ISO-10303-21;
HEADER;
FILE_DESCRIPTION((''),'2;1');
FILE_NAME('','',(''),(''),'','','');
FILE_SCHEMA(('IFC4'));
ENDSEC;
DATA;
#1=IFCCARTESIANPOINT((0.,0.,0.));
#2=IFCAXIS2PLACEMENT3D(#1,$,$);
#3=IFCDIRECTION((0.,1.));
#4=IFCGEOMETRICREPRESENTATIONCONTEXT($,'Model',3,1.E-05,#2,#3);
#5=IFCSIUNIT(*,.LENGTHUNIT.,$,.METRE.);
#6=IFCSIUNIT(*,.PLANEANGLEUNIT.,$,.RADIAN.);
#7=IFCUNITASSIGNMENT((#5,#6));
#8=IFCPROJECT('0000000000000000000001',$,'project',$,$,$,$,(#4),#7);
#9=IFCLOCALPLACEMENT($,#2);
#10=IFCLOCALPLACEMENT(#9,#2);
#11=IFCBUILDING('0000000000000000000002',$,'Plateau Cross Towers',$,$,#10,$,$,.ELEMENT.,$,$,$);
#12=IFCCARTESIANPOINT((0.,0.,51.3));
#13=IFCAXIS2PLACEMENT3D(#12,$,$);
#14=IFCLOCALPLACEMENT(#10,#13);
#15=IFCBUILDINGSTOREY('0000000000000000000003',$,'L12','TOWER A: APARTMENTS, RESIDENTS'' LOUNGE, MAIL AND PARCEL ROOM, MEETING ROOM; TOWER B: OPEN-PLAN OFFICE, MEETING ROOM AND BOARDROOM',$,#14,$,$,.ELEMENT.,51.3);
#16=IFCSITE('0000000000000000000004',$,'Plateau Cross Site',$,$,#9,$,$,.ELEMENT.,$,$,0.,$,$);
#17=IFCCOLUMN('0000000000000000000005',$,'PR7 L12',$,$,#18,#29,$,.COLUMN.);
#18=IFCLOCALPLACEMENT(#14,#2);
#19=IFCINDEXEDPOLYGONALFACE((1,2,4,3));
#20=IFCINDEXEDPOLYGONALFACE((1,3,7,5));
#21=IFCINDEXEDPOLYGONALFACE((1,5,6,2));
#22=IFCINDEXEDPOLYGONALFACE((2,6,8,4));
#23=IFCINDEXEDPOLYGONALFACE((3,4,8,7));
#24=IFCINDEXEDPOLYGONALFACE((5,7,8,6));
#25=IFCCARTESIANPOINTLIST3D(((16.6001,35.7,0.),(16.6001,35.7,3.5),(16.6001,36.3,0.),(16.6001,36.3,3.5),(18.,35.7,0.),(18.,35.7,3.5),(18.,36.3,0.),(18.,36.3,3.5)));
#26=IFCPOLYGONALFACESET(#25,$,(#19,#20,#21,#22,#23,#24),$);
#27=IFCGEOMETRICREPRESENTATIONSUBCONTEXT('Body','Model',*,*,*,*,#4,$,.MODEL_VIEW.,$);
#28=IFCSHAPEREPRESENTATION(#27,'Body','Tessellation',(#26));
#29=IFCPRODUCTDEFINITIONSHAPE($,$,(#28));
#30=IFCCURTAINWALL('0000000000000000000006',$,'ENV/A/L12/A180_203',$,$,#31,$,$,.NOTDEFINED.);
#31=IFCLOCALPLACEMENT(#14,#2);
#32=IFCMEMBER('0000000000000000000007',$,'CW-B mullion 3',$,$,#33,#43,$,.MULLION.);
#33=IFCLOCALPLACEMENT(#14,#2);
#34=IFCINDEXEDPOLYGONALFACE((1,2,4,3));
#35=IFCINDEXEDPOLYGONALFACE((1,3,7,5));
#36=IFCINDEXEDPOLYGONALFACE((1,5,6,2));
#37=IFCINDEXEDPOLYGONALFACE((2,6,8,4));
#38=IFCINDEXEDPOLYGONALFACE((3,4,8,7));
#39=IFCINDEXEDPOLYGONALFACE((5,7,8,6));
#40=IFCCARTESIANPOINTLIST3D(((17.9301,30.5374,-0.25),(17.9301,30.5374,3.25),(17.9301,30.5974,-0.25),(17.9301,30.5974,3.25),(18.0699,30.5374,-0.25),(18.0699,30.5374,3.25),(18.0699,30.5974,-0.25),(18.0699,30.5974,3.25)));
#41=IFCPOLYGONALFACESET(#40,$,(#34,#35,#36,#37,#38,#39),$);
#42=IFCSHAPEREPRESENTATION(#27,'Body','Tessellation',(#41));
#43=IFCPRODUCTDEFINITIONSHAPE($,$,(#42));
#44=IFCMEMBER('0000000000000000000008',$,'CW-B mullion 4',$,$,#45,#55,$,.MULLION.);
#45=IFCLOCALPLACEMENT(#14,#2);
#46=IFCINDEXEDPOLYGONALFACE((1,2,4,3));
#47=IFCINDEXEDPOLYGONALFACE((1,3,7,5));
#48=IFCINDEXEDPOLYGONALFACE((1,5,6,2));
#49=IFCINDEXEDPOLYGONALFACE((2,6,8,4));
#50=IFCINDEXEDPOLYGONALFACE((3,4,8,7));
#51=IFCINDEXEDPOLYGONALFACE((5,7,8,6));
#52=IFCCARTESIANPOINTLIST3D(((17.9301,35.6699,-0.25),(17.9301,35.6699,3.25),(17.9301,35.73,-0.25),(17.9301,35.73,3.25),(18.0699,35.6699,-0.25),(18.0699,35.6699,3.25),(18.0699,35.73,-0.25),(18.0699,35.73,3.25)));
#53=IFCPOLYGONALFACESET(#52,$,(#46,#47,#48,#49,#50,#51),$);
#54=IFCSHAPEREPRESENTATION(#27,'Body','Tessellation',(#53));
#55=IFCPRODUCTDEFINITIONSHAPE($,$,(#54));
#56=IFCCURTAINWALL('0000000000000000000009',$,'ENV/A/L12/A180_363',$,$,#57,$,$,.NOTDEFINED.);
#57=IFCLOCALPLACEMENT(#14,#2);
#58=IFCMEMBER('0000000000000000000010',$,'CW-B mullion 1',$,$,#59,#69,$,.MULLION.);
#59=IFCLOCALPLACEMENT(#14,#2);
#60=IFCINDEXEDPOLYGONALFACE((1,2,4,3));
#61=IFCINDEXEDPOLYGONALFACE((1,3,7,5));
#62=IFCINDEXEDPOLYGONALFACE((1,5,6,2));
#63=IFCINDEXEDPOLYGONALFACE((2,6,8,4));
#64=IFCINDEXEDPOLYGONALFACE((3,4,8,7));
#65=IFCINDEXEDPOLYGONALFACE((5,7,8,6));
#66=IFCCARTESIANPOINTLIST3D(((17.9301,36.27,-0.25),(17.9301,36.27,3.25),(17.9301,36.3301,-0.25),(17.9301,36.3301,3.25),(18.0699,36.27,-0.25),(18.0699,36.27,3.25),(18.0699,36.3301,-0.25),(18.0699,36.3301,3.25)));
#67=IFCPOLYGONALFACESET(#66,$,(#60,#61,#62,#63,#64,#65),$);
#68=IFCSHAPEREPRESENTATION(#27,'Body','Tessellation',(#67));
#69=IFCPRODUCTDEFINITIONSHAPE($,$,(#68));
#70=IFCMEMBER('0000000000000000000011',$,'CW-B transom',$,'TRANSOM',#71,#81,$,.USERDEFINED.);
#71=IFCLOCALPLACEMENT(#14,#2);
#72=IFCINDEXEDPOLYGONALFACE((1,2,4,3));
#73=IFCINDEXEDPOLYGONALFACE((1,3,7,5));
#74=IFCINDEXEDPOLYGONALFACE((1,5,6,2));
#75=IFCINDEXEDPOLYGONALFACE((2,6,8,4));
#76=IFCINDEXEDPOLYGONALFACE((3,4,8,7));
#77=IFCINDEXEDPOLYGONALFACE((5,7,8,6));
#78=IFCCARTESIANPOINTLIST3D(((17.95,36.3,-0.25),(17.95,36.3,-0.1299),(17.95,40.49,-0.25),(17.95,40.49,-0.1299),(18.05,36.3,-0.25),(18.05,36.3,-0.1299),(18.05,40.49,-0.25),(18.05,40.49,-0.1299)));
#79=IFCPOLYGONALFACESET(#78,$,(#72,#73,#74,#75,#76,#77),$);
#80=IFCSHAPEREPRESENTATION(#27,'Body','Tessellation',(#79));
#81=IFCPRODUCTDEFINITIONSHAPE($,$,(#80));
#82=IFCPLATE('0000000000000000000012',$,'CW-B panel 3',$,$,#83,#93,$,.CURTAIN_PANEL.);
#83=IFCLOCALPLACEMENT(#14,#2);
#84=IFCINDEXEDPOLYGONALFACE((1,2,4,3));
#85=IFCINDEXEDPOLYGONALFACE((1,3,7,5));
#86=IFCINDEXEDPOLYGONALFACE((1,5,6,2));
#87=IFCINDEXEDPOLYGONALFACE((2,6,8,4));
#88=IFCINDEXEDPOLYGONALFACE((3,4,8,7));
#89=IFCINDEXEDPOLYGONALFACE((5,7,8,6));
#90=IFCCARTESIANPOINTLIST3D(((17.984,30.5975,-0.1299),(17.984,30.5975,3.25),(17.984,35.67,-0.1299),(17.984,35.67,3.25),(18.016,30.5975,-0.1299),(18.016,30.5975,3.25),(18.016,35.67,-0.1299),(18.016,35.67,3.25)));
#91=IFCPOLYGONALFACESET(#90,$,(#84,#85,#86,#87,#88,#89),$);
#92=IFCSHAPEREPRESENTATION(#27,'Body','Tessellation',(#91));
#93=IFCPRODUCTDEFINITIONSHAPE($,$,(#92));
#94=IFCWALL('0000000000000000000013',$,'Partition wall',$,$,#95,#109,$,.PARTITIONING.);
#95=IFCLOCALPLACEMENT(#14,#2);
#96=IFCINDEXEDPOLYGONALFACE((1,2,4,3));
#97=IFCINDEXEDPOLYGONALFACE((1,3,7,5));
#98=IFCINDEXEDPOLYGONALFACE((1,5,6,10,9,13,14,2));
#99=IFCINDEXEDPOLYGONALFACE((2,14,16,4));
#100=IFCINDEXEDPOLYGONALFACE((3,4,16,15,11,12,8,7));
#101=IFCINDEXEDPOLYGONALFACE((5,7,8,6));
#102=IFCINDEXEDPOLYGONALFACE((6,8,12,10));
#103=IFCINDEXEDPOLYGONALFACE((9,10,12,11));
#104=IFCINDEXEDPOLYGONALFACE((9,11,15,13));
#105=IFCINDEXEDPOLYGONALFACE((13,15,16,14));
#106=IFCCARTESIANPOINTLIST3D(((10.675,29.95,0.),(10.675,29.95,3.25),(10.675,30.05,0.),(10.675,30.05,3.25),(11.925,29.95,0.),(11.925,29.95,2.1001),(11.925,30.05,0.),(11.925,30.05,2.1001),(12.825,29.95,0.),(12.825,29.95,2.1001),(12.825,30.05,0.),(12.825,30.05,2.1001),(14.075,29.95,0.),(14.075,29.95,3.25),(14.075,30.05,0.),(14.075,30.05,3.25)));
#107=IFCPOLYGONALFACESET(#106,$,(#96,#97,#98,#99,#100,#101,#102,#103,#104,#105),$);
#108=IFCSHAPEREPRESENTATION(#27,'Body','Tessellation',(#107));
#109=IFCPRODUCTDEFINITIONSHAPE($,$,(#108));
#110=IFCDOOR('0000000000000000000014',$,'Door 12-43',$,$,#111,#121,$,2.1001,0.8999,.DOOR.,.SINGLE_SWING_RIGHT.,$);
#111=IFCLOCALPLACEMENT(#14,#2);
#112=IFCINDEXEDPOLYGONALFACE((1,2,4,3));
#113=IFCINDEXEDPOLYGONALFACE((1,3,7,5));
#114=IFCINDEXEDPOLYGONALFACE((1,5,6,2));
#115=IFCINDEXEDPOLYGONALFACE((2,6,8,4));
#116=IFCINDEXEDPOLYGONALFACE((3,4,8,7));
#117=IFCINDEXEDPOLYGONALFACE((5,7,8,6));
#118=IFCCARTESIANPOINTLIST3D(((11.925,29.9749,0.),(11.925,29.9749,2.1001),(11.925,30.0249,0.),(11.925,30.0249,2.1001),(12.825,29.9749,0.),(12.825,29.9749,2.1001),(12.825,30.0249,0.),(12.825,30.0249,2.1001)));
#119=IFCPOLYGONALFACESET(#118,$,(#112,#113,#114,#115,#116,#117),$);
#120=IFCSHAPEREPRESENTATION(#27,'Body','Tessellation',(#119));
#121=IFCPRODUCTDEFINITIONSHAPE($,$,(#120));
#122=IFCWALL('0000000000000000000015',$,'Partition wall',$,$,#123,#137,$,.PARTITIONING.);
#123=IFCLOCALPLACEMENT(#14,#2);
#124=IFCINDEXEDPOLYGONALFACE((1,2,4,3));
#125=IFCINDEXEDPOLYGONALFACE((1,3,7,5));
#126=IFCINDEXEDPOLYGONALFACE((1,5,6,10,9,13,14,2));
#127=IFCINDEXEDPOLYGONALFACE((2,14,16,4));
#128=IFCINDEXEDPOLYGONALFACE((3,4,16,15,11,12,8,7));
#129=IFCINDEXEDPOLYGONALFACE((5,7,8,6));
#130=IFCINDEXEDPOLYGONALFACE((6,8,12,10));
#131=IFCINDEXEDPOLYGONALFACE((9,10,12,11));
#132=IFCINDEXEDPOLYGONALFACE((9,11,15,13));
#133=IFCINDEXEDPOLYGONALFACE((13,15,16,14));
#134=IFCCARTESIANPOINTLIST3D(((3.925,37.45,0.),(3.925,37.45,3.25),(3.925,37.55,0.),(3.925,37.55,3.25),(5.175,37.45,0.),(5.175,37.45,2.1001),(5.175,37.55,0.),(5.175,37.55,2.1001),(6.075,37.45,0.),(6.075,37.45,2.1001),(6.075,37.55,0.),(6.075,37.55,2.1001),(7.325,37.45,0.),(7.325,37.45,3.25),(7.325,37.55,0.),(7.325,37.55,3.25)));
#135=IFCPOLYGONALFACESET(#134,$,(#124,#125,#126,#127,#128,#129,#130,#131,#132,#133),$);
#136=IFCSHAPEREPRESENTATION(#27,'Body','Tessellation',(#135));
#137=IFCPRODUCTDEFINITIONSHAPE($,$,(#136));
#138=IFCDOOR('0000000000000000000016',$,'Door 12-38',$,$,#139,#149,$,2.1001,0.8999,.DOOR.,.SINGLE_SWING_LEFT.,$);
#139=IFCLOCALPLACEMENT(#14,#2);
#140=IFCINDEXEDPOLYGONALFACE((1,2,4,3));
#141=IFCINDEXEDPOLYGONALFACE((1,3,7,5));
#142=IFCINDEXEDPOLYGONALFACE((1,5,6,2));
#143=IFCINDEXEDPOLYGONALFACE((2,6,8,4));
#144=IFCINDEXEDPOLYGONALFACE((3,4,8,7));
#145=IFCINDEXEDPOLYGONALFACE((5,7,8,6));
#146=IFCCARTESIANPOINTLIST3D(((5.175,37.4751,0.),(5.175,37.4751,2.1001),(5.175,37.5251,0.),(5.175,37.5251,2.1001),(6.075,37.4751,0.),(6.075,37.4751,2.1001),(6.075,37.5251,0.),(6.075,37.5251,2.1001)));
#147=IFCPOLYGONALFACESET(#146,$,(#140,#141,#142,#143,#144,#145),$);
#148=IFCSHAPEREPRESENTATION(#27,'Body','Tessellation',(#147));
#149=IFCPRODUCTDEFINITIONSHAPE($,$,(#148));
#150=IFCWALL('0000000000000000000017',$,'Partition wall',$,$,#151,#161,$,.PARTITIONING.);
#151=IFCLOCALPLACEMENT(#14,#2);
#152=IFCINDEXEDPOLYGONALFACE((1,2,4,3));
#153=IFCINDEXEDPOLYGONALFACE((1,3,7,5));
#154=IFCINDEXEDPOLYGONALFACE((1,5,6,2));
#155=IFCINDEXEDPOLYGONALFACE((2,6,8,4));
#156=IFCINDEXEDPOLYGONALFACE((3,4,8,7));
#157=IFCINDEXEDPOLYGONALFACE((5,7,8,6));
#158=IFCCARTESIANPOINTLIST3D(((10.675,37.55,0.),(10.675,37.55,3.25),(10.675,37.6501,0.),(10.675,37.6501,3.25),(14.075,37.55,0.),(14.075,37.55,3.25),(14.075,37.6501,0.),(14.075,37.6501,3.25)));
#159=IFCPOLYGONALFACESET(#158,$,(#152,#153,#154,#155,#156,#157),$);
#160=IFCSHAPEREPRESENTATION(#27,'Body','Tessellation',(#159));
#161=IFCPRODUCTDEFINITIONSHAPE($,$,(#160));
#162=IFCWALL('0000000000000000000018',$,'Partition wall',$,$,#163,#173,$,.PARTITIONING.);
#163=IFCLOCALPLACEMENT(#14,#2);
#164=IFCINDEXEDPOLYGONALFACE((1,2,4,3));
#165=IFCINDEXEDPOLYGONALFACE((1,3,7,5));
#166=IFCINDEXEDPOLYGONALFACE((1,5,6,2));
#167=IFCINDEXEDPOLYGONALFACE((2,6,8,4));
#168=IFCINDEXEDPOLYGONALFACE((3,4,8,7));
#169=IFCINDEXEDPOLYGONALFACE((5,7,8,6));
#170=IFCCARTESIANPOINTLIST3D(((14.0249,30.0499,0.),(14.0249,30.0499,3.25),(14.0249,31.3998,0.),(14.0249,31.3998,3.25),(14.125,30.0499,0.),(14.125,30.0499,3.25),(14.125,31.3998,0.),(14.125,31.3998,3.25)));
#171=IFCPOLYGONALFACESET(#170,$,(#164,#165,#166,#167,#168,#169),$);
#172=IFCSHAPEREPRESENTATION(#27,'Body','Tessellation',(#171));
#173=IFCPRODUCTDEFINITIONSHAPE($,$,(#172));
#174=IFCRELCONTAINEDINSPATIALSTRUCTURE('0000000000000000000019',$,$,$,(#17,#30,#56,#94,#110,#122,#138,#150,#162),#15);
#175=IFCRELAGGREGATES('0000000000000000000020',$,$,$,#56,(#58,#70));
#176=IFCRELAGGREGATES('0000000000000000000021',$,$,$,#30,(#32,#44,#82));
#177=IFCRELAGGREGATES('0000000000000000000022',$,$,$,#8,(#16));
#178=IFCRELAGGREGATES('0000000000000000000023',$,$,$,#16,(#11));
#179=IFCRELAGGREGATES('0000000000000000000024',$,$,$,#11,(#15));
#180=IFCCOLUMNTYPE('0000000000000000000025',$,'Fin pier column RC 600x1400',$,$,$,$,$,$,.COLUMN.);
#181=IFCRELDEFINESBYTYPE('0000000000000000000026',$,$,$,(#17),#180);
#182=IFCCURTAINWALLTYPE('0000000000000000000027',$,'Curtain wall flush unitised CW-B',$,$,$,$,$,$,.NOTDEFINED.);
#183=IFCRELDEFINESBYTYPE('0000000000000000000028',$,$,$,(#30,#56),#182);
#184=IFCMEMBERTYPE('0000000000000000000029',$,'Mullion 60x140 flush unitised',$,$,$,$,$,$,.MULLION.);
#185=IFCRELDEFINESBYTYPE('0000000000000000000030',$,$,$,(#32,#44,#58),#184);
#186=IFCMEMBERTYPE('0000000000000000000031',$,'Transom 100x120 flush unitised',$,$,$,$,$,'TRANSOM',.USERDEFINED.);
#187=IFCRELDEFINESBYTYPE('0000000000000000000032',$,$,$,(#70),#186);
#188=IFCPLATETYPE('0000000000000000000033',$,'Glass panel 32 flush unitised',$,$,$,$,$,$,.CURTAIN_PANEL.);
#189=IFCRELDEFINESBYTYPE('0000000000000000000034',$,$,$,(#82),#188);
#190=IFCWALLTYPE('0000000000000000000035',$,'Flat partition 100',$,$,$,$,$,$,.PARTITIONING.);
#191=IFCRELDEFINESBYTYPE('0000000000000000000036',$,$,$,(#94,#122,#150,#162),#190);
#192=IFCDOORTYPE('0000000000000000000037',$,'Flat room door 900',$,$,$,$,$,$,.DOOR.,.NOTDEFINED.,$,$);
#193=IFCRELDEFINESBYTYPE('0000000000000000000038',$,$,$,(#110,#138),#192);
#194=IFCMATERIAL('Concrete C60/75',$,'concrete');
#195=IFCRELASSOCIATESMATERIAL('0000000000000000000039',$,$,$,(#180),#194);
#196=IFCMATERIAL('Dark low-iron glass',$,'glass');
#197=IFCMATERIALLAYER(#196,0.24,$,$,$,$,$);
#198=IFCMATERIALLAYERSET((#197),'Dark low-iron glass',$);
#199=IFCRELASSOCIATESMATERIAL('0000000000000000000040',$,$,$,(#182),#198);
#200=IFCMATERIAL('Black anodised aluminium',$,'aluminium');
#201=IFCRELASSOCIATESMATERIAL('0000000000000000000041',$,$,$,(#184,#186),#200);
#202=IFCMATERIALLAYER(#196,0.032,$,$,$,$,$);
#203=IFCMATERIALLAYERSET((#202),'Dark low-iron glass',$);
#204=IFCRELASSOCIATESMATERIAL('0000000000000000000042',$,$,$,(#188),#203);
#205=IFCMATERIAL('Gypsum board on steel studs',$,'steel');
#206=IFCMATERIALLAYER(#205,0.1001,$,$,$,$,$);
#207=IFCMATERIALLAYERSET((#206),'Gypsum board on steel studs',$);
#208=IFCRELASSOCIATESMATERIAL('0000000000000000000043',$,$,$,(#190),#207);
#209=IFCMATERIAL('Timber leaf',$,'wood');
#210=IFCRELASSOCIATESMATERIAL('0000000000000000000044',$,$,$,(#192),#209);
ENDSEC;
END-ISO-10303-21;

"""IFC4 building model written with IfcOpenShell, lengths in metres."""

from ifc_helpers import new_model, si_unit, direction, frame, frame_2d, origin, origin_2d, place, context, subcontext, project, spatial, rectangle, extrude, material, layer, layer_set, material_profile, profile_set, type_object, element, fill, aggregate, save


model = new_model("IFC4")

# Units and contexts
model_context = context("Model", 3, precision=1e-05, world=origin(), true_north=direction((0.0, 1.0)))
body_context = subcontext(model_context, "Body", "Model", "MODEL_VIEW")
ifc_project = project(units=[si_unit("LENGTHUNIT", "METRE"), si_unit("PLANEANGLEUNIT", "RADIAN")], contexts=[model_context])

# Site, building, storey
site_placement = place(None, origin())
site = spatial("IfcSite", under=ifc_project, at=site_placement, Name="Plateau Cross Site", CompositionType="ELEMENT", RefElevation=0.0)
building_placement = place(site_placement, origin())
building = spatial("IfcBuilding", under=site, at=building_placement, Name="Plateau Cross Towers", CompositionType="ELEMENT")
storey_placement = place(building_placement, frame((0.0, 0.0, 51.3)))
storey = spatial("IfcBuildingStorey", under=building, at=storey_placement, Name="L12", Description="TOWER A: APARTMENTS, RESIDENTS' LOUNGE, MAIL AND PARCEL ROOM, MEETING ROOM; TOWER B: OPEN-PLAN OFFICE, MEETING ROOM AND BOARDROOM", CompositionType="ELEMENT", Elevation=51.3)

# Column
ifc_material_1 = material(Name="Concrete C60/75", Category="concrete")
ifc_material_profile_1 = material_profile(ifc_material_1, rectangle(XDim=0.6001, YDim=1.3999, at=origin_2d()), Name="RC 600x1400")
ifc_profile_set_1 = profile_set([ifc_material_profile_1], Name="Concrete C60/75")
column_type = type_object("IfcColumnType", Name="Fin pier column RC 600x1400", PredefinedType="COLUMN", material=ifc_profile_set_1)
column_placement = place(storey_placement, frame((17.3, 36.0, 0.0), z_axis=(0.0, 0.0, 1.0), x_axis=(0.0, 1.0, 0.0)))
element("IfcColumn", 1, at=column_placement, inside=storey, type_object=column_type, Name="PR7 L12", PredefinedType="COLUMN", context=body_context, shape_type="SweptSolid", body=[
    extrude(rectangle(XDim=0.6001, YDim=1.3999, at=origin_2d()), origin(), (0.0, 0.0, 1.0), 3.5),
])

# Curtain walls, members
ifc_material_2 = material(Name="Dark low-iron glass", Category="glass")
ifc_layer_1 = layer(ifc_material_2, 0.24)
ifc_layer_set_1 = layer_set([ifc_layer_1], Name="Dark low-iron glass")
curtain_wall_type = type_object("IfcCurtainWallType", Name="Curtain wall flush unitised CW-B", PredefinedType="NOTDEFINED", material=ifc_layer_set_1)
curtain_wall_1_placement = place(storey_placement, origin())
curtain_wall_1 = element("IfcCurtainWall", 2, at=curtain_wall_1_placement, inside=storey, type_object=curtain_wall_type, Name="ENV/A/L12/A180_203", PredefinedType="NOTDEFINED")
ifc_material_3 = material(Name="Black anodised aluminium", Category="aluminium")
ifc_material_profile_2 = material_profile(ifc_material_3, rectangle(XDim=0.0601, YDim=0.1399, at=origin_2d()), Name="MULLION 60x140")
ifc_profile_set_2 = profile_set([ifc_material_profile_2], Name="Black anodised aluminium")
member_type_1 = type_object("IfcMemberType", Name="Mullion 60x140 flush unitised", PredefinedType="MULLION", material=ifc_profile_set_2)
member_1_placement = place(storey_placement, frame((18.0, 30.5674, -0.25), z_axis=(0.0, 0.0, 1.0), x_axis=(0.0, 1.0, 0.0)))
member_1 = element("IfcMember", 3, at=member_1_placement, type_object=member_type_1, Name="CW-B mullion 3", PredefinedType="MULLION", context=body_context, shape_type="SweptSolid", body=[
    extrude(rectangle(XDim=0.0601, YDim=0.1399, at=origin_2d()), origin(), (0.0, 0.0, 1.0), 3.5),
])
member_2_placement = place(storey_placement, frame((18.0, 35.7, -0.25), z_axis=(0.0, 0.0, 1.0), x_axis=(0.0, 1.0, 0.0)))
member_2 = element("IfcMember", 4, at=member_2_placement, type_object=member_type_1, Name="CW-B mullion 4", PredefinedType="MULLION", context=body_context, shape_type="SweptSolid", body=[
    extrude(rectangle(XDim=0.0601, YDim=0.1399, at=origin_2d()), origin(), (0.0, 0.0, 1.0), 3.5),
])
curtain_wall_2_placement = place(storey_placement, origin())
curtain_wall_2 = element("IfcCurtainWall", 5, at=curtain_wall_2_placement, inside=storey, type_object=curtain_wall_type, Name="ENV/A/L12/A180_363", PredefinedType="NOTDEFINED")
member_3_placement = place(storey_placement, frame((18.0, 36.3, -0.25), z_axis=(0.0, 0.0, 1.0), x_axis=(0.0, 1.0, 0.0)))
member_3 = element("IfcMember", 6, at=member_3_placement, type_object=member_type_1, Name="CW-B mullion 1", PredefinedType="MULLION", context=body_context, shape_type="SweptSolid", body=[
    extrude(rectangle(XDim=0.0601, YDim=0.1399, at=origin_2d()), origin(), (0.0, 0.0, 1.0), 3.5),
])
ifc_material_profile_3 = material_profile(ifc_material_3, rectangle(XDim=0.1001, YDim=0.1201, at=origin_2d()), Name="TRANSOM 100x120")
ifc_profile_set_3 = profile_set([ifc_material_profile_3], Name="Black anodised aluminium")
member_type_2 = type_object("IfcMemberType", Name="Transom 100x120 flush unitised", ElementType="TRANSOM", PredefinedType="USERDEFINED", material=ifc_profile_set_3)
member_4_placement = place(storey_placement, frame((18.0, 36.3, -0.1899), z_axis=(0.0, 1.0, 0.0), x_axis=(-1.0, 0.0, 0.0)))
member_4 = element("IfcMember", 7, at=member_4_placement, type_object=member_type_2, Name="CW-B transom", ObjectType="TRANSOM", PredefinedType="USERDEFINED", context=body_context, shape_type="SweptSolid", body=[
    extrude(rectangle(XDim=0.1001, YDim=0.1201, at=origin_2d()), origin(), (0.0, 0.0, 1.0), 4.1899),
])
aggregate(curtain_wall_2, [member_3, member_4])

# Plate
ifc_layer_2 = layer(ifc_material_2, 0.032)
ifc_layer_set_2 = layer_set([ifc_layer_2], Name="Dark low-iron glass")
plate_type = type_object("IfcPlateType", Name="Glass panel 32 flush unitised", PredefinedType="CURTAIN_PANEL", material=ifc_layer_set_2)
plate_placement = place(storey_placement, frame((18.0, 33.1338, -0.1299), z_axis=(0.0, 0.0, 1.0), x_axis=(0.0, 1.0, 0.0)))
plate = element("IfcPlate", 8, at=plate_placement, type_object=plate_type, Name="CW-B panel 3", PredefinedType="CURTAIN_PANEL", context=body_context, shape_type="SweptSolid", body=[
    extrude(rectangle(XDim=5.0725, YDim=0.032, at=origin_2d()), origin(), (0.0, 0.0, 1.0), 3.3799),
])
aggregate(curtain_wall_1, [member_1, member_2, plate])

# Walls, openings, doors
ifc_material_4 = material(Name="Gypsum board on steel studs", Category="steel")
ifc_layer_3 = layer(ifc_material_4, 0.1001)
ifc_layer_set_3 = layer_set([ifc_layer_3], Name="Gypsum board on steel studs")
wall_type_1 = type_object("IfcWallType", Name="Flat partition 100", PredefinedType="PARTITIONING", material=ifc_layer_set_3)
wall_1_placement = place(storey_placement, frame((10.675, 30.0, 0.0), z_axis=(0.0, 0.0, 1.0), x_axis=(1.0, 0.0, 0.0)))
wall_1 = element("IfcWall", 9, at=wall_1_placement, inside=storey, type_object=wall_type_1, Name="Partition wall", PredefinedType="PARTITIONING", context=body_context, shape_type="SweptSolid", body=[
    extrude(rectangle(XDim=3.3999, YDim=0.1001, at=frame_2d((1.7, 0.0))), origin(), (0.0, 0.0, 1.0), 3.25),
])
opening_1_placement = place(wall_1_placement, frame((1.25, 0.0, 0.0)))
opening_1 = element("IfcOpeningElement", 10, at=opening_1_placement, cuts=wall_1, PredefinedType="OPENING", context=body_context, shape_type="SweptSolid", body=[
    extrude(rectangle(XDim=0.8999, YDim=2.1001, at=frame_2d((0.45, 1.05))), frame((0.0, 0.0601, 0.0), z_axis=(0.0, -1.0, 0.0), x_axis=(1.0, 0.0, 0.0)), (0.0, 0.0, 1.0), 0.1201),
])
ifc_material_5 = material(Name="Timber leaf", Category="wood")
door_type = type_object("IfcDoorType", Name="Flat room door 900", OperationType="NOTDEFINED", PredefinedType="DOOR", material=ifc_material_5)
door_1_placement = place(opening_1_placement, origin())
door_1 = element("IfcDoor", 11, at=door_1_placement, inside=storey, type_object=door_type, Name="Door 12-43", OperationType="SINGLE_SWING_RIGHT", OverallHeight=2.1001, OverallWidth=0.8999, PredefinedType="DOOR", context=body_context, shape_type="SweptSolid", body=[
    extrude(rectangle(XDim=0.8999, YDim=2.1001, at=frame_2d((0.45, 1.05))), frame((0.0, 0.0249, 0.0), z_axis=(0.0, -1.0, 0.0), x_axis=(1.0, 0.0, 0.0)), (0.0, 0.0, 1.0), 0.05),
])
fill(opening_1, door_1)
wall_2_placement = place(storey_placement, frame((7.325, 37.5, 0.0), z_axis=(0.0, 0.0, 1.0), x_axis=(-1.0, 0.0, 0.0)))
wall_2 = element("IfcWall", 12, at=wall_2_placement, inside=storey, type_object=wall_type_1, Name="Partition wall", PredefinedType="PARTITIONING", context=body_context, shape_type="SweptSolid", body=[
    extrude(rectangle(XDim=3.3999, YDim=0.1001, at=frame_2d((1.7, 0.0))), origin(), (0.0, 0.0, 1.0), 3.25),
])
opening_2_placement = place(wall_2_placement, frame((1.25, 0.0, 0.0)))
opening_2 = element("IfcOpeningElement", 13, at=opening_2_placement, cuts=wall_2, PredefinedType="OPENING", context=body_context, shape_type="SweptSolid", body=[
    extrude(rectangle(XDim=0.8999, YDim=2.1001, at=frame_2d((0.45, 1.05))), frame((0.0, 0.0601, 0.0), z_axis=(0.0, -1.0, 0.0), x_axis=(1.0, 0.0, 0.0)), (0.0, 0.0, 1.0), 0.1201),
])
door_2_placement = place(opening_2_placement, origin())
door_2 = element("IfcDoor", 14, at=door_2_placement, inside=storey, type_object=door_type, Name="Door 12-38", OperationType="SINGLE_SWING_LEFT", OverallHeight=2.1001, OverallWidth=0.8999, PredefinedType="DOOR", context=body_context, shape_type="SweptSolid", body=[
    extrude(rectangle(XDim=0.8999, YDim=2.1001, at=frame_2d((0.45, 1.05))), frame((0.0, 0.0249, 0.0), z_axis=(0.0, -1.0, 0.0), x_axis=(1.0, 0.0, 0.0)), (0.0, 0.0, 1.0), 0.05),
])
fill(opening_2, door_2)

# Walls
wall_3_placement = place(storey_placement, frame((14.075, 37.6001, 0.0), z_axis=(0.0, 0.0, 1.0), x_axis=(-1.0, 0.0, 0.0)))
element("IfcWall", 15, at=wall_3_placement, inside=storey, type_object=wall_type_1, Name="Partition wall", PredefinedType="PARTITIONING", context=body_context, shape_type="SweptSolid", body=[
    extrude(rectangle(XDim=3.3999, YDim=0.1001, at=frame_2d((1.7, 0.0))), origin(), (0.0, 0.0, 1.0), 3.25),
])
wall_4_placement = place(storey_placement, frame((14.075, 30.05, 0.0), z_axis=(0.0, 0.0, 1.0), x_axis=(0.0, 1.0, 0.0)))
element("IfcWall", 16, at=wall_4_placement, inside=storey, type_object=wall_type_1, Name="Partition wall", PredefinedType="PARTITIONING", context=body_context, shape_type="SweptSolid", body=[
    extrude(rectangle(XDim=1.3499, YDim=0.1001, at=frame_2d((0.6748, 0.0))), origin(), (0.0, 0.0, 1.0), 3.25),
])

save(model, "model.ifc")
